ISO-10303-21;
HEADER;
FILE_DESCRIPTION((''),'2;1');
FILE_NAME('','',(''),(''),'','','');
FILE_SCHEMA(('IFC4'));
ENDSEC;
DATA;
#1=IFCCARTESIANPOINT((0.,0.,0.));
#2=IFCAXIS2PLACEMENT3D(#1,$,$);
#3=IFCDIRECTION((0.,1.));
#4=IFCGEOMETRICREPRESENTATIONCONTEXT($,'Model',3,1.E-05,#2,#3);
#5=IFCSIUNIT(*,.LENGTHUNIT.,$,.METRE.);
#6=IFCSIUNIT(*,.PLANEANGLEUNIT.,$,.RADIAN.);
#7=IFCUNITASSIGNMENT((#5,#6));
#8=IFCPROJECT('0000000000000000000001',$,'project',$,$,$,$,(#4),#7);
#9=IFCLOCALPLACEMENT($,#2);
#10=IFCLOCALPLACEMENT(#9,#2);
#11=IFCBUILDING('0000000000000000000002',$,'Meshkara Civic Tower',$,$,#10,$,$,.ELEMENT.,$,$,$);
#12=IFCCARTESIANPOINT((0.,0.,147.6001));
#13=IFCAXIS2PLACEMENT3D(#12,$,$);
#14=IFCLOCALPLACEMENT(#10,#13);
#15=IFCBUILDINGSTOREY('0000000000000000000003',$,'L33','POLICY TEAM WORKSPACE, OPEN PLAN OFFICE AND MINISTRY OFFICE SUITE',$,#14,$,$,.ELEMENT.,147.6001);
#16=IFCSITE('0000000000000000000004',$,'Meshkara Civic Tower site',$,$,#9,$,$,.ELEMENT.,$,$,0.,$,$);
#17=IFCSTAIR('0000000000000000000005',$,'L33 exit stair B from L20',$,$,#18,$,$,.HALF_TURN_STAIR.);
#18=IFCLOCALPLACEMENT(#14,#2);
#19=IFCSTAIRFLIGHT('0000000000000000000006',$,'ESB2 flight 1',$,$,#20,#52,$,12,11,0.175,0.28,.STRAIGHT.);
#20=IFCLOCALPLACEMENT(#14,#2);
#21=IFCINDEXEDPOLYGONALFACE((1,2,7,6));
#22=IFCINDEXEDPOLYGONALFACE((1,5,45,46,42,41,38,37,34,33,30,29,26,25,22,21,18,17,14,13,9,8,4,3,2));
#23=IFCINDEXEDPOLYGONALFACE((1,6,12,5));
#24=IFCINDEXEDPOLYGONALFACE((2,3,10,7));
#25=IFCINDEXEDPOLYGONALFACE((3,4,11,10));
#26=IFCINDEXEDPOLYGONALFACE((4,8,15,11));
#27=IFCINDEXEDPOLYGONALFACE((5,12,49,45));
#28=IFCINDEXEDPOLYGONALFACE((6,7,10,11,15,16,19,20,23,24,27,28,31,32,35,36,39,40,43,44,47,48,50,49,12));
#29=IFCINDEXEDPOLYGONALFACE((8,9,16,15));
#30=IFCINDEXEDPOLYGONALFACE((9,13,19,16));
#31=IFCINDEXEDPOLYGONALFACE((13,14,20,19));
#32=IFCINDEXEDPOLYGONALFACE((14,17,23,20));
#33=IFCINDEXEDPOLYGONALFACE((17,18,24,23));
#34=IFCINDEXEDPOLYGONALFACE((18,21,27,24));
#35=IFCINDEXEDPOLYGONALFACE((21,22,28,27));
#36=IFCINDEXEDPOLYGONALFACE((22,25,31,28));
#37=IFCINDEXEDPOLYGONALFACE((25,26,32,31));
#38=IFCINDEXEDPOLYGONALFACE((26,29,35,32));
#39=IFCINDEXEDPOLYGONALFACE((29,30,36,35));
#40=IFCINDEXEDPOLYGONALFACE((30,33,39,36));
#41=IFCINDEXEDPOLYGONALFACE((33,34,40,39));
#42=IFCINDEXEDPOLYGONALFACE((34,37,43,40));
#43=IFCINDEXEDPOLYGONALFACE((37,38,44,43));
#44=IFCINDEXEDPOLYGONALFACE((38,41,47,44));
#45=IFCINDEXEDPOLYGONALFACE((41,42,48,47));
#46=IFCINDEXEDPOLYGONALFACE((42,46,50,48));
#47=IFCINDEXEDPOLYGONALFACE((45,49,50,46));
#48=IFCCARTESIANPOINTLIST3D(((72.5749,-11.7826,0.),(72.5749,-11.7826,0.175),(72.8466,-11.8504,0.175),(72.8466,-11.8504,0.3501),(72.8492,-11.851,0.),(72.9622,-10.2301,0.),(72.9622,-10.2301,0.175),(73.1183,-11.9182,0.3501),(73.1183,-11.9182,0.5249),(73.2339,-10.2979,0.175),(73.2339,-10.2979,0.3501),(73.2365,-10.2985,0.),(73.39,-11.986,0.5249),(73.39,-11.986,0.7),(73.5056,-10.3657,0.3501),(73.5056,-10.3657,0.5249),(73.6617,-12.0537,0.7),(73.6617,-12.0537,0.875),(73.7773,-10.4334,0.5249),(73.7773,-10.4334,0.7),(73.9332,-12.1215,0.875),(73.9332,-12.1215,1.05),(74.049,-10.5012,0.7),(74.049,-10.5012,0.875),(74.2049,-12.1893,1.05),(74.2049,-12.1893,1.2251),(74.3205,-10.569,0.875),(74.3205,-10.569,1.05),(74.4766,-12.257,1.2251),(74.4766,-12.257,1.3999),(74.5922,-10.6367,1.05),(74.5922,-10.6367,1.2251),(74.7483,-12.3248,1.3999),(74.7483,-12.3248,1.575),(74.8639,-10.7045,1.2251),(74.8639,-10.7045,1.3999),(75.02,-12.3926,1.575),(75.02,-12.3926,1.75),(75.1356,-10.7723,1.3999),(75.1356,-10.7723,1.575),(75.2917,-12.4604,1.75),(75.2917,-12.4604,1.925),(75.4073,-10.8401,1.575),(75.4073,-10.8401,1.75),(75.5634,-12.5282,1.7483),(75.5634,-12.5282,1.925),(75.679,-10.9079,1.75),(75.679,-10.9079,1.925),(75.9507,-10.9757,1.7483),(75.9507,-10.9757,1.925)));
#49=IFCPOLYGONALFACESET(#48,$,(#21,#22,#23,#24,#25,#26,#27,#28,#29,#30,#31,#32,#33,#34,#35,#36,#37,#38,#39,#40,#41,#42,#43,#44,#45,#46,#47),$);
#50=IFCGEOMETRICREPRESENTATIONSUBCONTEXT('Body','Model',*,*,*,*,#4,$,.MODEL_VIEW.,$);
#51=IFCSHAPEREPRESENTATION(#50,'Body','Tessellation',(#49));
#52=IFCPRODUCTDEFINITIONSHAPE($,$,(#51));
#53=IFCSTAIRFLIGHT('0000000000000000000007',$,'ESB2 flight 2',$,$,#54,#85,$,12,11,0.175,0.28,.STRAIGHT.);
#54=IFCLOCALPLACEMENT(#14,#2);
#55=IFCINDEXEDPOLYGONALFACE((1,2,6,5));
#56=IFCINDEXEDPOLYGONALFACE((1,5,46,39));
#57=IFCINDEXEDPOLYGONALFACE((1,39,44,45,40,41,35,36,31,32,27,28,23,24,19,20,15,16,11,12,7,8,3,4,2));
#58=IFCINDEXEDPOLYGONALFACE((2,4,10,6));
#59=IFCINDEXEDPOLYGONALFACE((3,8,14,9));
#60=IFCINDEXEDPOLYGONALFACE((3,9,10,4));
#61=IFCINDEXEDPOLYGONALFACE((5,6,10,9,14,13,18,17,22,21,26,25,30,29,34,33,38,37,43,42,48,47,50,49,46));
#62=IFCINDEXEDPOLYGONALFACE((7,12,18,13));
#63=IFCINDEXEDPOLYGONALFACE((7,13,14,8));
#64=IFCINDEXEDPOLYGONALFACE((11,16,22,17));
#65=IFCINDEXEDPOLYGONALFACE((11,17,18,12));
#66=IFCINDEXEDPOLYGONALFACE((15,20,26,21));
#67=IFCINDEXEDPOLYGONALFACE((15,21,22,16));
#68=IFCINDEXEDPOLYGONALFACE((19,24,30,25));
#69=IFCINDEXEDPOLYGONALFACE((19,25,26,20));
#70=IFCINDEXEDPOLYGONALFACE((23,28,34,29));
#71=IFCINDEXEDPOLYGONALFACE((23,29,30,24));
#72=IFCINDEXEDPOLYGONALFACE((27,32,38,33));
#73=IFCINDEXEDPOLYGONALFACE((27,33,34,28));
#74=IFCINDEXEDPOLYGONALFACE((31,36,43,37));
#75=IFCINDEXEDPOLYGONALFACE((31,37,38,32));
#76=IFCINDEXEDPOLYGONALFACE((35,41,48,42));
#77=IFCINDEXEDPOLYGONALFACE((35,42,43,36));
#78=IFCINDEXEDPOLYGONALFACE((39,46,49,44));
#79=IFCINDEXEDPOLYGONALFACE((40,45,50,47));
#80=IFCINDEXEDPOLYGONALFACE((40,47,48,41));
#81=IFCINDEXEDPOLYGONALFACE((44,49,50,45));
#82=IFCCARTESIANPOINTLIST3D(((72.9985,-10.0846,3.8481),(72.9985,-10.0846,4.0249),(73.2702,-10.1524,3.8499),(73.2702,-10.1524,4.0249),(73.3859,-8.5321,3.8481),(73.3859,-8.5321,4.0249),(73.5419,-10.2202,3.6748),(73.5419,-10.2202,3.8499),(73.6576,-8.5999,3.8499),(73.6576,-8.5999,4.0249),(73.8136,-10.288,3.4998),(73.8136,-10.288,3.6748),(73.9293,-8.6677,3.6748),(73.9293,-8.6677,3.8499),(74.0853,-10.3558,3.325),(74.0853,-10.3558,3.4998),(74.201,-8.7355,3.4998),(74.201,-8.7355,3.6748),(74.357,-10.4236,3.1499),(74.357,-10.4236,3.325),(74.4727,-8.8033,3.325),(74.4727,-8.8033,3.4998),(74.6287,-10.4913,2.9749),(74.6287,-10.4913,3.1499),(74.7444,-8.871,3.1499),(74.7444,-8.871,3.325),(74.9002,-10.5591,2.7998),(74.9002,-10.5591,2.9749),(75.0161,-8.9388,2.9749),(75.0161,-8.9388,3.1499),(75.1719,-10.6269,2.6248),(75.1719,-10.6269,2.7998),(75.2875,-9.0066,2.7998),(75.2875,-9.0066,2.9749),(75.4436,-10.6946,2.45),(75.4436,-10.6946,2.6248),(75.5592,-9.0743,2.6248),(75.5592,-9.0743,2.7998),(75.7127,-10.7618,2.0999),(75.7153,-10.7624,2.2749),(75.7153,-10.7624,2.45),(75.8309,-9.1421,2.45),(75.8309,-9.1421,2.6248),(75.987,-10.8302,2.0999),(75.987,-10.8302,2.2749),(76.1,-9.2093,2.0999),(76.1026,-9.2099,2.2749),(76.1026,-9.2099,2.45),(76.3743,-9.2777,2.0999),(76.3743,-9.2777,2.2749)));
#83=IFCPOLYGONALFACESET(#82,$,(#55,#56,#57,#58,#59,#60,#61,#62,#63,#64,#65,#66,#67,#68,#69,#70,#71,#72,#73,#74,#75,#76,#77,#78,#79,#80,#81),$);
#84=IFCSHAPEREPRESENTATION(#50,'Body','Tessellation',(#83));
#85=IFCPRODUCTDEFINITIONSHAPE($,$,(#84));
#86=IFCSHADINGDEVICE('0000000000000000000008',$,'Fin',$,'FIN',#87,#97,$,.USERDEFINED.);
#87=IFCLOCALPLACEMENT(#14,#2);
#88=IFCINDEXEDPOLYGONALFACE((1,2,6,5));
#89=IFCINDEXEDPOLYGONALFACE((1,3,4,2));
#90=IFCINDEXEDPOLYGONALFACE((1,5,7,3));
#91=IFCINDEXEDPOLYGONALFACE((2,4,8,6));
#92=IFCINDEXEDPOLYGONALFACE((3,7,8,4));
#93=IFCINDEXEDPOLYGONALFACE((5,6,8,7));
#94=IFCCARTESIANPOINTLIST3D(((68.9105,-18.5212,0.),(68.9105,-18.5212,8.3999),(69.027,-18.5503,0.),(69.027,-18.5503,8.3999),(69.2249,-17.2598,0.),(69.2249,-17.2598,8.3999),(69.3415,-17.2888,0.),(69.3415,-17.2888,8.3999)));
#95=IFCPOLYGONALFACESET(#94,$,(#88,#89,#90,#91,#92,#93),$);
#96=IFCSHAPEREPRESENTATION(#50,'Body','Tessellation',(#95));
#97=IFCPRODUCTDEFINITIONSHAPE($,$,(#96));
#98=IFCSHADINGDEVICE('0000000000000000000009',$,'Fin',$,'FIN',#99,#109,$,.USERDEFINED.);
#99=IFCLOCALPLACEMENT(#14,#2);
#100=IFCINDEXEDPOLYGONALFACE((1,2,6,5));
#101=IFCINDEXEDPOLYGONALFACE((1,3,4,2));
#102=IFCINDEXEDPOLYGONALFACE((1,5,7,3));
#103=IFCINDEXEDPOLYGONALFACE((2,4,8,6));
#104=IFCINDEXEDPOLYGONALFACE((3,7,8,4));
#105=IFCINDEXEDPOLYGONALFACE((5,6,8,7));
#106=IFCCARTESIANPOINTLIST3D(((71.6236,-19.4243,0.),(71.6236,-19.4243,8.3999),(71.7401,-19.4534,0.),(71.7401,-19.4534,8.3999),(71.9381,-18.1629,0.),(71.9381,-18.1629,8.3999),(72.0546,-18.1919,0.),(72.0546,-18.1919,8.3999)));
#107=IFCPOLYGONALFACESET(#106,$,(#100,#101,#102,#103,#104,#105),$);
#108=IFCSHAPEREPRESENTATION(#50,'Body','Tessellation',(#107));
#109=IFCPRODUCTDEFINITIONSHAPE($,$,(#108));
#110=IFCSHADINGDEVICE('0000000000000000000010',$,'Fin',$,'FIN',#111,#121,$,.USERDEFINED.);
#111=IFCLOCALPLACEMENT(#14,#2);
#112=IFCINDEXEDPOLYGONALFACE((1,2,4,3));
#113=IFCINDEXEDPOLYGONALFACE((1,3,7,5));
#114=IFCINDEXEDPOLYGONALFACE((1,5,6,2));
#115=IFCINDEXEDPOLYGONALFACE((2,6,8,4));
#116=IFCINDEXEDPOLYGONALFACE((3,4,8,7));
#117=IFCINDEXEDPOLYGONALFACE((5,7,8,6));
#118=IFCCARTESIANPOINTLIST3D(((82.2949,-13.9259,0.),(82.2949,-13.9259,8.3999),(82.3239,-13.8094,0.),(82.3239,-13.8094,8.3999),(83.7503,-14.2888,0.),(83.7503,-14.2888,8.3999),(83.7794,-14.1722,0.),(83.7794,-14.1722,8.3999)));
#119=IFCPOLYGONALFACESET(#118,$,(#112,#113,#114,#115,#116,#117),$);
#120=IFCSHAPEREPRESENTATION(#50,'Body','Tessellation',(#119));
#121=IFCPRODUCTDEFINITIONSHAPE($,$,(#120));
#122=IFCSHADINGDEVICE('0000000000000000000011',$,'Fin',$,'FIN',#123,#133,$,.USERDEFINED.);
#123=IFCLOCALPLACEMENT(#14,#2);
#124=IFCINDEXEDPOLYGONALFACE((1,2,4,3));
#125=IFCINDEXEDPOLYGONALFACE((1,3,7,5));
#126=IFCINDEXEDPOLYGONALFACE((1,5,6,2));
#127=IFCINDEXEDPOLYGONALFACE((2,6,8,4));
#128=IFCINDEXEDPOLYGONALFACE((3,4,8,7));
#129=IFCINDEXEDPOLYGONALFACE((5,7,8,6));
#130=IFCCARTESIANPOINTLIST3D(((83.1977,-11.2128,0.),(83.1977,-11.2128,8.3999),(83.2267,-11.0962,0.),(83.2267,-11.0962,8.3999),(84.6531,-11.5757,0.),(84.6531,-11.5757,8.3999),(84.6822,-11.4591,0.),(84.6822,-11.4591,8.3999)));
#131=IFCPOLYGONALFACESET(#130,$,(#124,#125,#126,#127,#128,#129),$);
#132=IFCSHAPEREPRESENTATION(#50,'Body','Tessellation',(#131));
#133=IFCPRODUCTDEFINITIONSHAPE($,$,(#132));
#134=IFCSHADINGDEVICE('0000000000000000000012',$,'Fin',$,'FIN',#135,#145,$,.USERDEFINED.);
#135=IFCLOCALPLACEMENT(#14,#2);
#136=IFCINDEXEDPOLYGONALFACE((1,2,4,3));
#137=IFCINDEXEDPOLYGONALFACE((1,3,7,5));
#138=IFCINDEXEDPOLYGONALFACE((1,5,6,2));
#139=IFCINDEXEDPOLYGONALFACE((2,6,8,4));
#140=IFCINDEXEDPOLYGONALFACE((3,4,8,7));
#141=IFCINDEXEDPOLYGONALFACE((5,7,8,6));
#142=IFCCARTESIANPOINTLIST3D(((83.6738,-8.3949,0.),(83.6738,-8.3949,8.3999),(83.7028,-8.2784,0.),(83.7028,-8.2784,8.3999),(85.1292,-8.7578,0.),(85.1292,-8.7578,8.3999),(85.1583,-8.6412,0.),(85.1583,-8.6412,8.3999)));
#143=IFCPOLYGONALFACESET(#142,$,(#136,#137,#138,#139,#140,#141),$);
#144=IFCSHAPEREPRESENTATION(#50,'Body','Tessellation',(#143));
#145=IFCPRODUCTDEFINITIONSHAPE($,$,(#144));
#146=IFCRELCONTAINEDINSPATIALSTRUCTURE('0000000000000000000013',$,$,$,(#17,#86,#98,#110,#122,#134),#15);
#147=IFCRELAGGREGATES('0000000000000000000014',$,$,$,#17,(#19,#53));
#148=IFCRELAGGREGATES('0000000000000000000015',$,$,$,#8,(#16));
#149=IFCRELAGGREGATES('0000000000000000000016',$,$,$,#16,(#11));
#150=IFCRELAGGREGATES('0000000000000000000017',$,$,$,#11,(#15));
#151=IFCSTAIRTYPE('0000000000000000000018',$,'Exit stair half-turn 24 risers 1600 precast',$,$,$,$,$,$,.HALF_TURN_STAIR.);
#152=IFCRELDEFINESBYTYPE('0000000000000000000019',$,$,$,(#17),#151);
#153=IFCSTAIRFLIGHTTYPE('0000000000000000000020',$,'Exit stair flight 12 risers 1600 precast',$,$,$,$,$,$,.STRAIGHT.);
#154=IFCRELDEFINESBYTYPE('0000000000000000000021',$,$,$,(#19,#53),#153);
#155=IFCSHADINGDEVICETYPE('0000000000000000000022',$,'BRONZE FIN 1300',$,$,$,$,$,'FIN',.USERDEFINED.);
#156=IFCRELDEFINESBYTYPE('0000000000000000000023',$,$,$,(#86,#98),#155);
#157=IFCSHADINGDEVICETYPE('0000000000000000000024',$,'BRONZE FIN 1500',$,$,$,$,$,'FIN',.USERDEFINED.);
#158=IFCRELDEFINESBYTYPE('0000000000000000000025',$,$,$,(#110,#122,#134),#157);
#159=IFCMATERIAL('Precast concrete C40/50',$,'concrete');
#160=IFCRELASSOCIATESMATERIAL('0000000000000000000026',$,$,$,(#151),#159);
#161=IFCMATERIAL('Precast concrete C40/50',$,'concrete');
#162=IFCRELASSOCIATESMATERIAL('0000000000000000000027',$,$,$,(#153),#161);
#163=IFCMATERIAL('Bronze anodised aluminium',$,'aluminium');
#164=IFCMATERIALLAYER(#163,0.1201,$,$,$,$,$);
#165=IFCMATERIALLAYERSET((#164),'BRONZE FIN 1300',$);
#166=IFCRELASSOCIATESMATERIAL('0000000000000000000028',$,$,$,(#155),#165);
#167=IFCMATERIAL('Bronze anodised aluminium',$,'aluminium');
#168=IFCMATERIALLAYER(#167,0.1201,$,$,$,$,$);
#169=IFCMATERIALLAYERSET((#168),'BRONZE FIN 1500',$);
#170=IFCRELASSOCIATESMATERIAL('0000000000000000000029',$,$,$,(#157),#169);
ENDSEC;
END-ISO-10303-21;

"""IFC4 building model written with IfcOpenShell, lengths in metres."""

from ifc_helpers import new_model, si_unit, direction, frame, origin, origin_2d, place, context, subcontext, project, spatial, polyline, rectangle, outline, extrude, material, layer, layer_set, type_object, element, aggregate, save


model = new_model("IFC4")

# Units and contexts
model_context = context("Model", 3, precision=1e-05, world=origin(), true_north=direction((0.0, 1.0)))
body_context = subcontext(model_context, "Body", "Model", "MODEL_VIEW")
ifc_project = project(units=[si_unit("LENGTHUNIT", "METRE"), si_unit("PLANEANGLEUNIT", "RADIAN")], contexts=[model_context])

# Site, building, storey
site_placement = place(None, origin())
site = spatial("IfcSite", under=ifc_project, at=site_placement, Name="Meshkara Civic Tower site", CompositionType="ELEMENT", RefElevation=0.0)
building_placement = place(site_placement, origin())
building = spatial("IfcBuilding", under=site, at=building_placement, Name="Meshkara Civic Tower", CompositionType="ELEMENT")
storey_placement = place(building_placement, frame((0.0, 0.0, 147.6001)))
storey = spatial("IfcBuildingStorey", under=building, at=storey_placement, Name="L33", Description="POLICY TEAM WORKSPACE, OPEN PLAN OFFICE AND MINISTRY OFFICE SUITE", CompositionType="ELEMENT", Elevation=147.6001)

# Stair, stair flights
ifc_material_1 = material(Name="Precast concrete C40/50", Category="concrete")
stair_type = type_object("IfcStairType", Name="Exit stair half-turn 24 risers 1600 precast", PredefinedType="HALF_TURN_STAIR", material=ifc_material_1)
stair_placement = place(storey_placement, origin())
stair = element("IfcStair", 1, at=stair_placement, inside=storey, type_object=stair_type, Name="L33 exit stair B from L20", PredefinedType="HALF_TURN_STAIR")
ifc_material_2 = material(Name="Precast concrete C40/50", Category="concrete")
stair_flight_type = type_object("IfcStairFlightType", Name="Exit stair flight 12 risers 1600 precast", PredefinedType="STRAIGHT", material=ifc_material_2)
stair_flight_1_placement = place(storey_placement, frame((72.7686, -11.0063, 0.0), z_axis=(0.0, 0.0, 1.0), x_axis=(0.97026, -0.242065, 0.0)))
stair_flight_1 = element("IfcStairFlight", 2, at=stair_flight_1_placement, type_object=stair_flight_type, Name="ESB2 flight 1", NumberOfRisers=12, NumberOfTreads=11, PredefinedType="STRAIGHT", RiserHeight=0.175, TreadLength=0.28, context=body_context, shape_type="SweptSolid", body=[
    extrude(outline(polyline([(0.0, 0.0), (0.0, 0.175), (0.28, 0.175), (0.28, 0.3501), (0.5601, 0.3501), (0.5601, 0.5249), (0.8401, 0.5249), (0.8401, 0.7), (1.1201, 0.7), (1.1201, 0.875), (1.3999, 0.875), (1.3999, 1.05), (1.6799, 1.05), (1.6799, 1.2251), (1.96, 1.2251), (1.96, 1.3999), (2.24, 1.3999), (2.24, 1.575), (2.52, 1.575), (2.52, 1.75), (2.8, 1.75), (2.8, 1.925), (3.0801, 1.925), (3.0801, 2.1001), (3.0801, 1.7483), (0.2827, 0.0), (0.0, 0.0)])), frame((0.0, 0.8, 0.0), z_axis=(0.0, -1.0, 0.0), x_axis=(1.0, 0.0, 0.0)), (0.0, 0.0, 1.0), 1.6001),
])
stair_flight_2_placement = place(storey_placement, frame((76.1807, -10.054, 2.0999), z_axis=(0.0, 0.0, 1.0), x_axis=(-0.97026, 0.242065, 0.0)))
stair_flight_2 = element("IfcStairFlight", 3, at=stair_flight_2_placement, type_object=stair_flight_type, Name="ESB2 flight 2", NumberOfRisers=12, NumberOfTreads=11, PredefinedType="STRAIGHT", RiserHeight=0.175, TreadLength=0.28, context=body_context, shape_type="SweptSolid", body=[
    extrude(outline(polyline([(0.0, 0.0), (0.0, 0.175), (0.28, 0.175), (0.28, 0.3501), (0.5601, 0.3501), (0.5601, 0.5249), (0.8401, 0.5249), (0.8401, 0.7), (1.1201, 0.7), (1.1201, 0.875), (1.3999, 0.875), (1.3999, 1.05), (1.6799, 1.05), (1.6799, 1.2251), (1.96, 1.2251), (1.96, 1.3999), (2.24, 1.3999), (2.24, 1.575), (2.52, 1.575), (2.52, 1.75), (2.8, 1.75), (2.8, 1.925), (3.0801, 1.925), (3.0801, 2.1001), (3.0801, 1.7483), (0.2827, 0.0), (0.0, 0.0)])), frame((0.0, 0.8, 0.0), z_axis=(0.0, -1.0, 0.0), x_axis=(1.0, 0.0, 0.0)), (0.0, 0.0, 1.0), 1.6001),
])
aggregate(stair, [stair_flight_1, stair_flight_2])

# Shading devices
ifc_material_3 = material(Name="Bronze anodised aluminium", Category="aluminium")
ifc_layer_1 = layer(ifc_material_3, 0.1201)
ifc_layer_set_1 = layer_set([ifc_layer_1], Name="BRONZE FIN 1300")
shading_device_type_1 = type_object("IfcShadingDeviceType", Name="BRONZE FIN 1300", ElementType="FIN", PredefinedType="USERDEFINED", material=ifc_layer_set_1)
for number, where, z_axis, x_axis, name in (
    (4, (69.126, -17.905, 0.0), (0.0, 0.0, 1.0), (0.9703, -0.241905, 0.0), "Fin"),
    (5, (71.8391, -18.8081, 0.0), (0.0, 0.0, 1.0), (0.9703, -0.241905, 0.0), "Fin"),
):
    element("IfcShadingDevice", number, at=place(storey_placement, frame(where, z_axis=z_axis, x_axis=x_axis)), inside=storey, type_object=shading_device_type_1, Name=name, ObjectType="FIN", PredefinedType="USERDEFINED", context=body_context, shape_type="SweptSolid", body=[
        extrude(rectangle(XDim=0.1201, YDim=1.3, at=origin_2d()), origin(), (0.0, 0.0, 1.0), 8.3999),
    ])
ifc_material_4 = material(Name="Bronze anodised aluminium", Category="aluminium")
ifc_layer_2 = layer(ifc_material_4, 0.1201)
ifc_layer_set_2 = layer_set([ifc_layer_2], Name="BRONZE FIN 1500")
shading_device_type_2 = type_object("IfcShadingDeviceType", Name="BRONZE FIN 1500", ElementType="FIN", PredefinedType="USERDEFINED", material=ifc_layer_set_2)
for number, where, z_axis, x_axis, name in (
    (6, (83.0371, -14.0491, 0.0), (0.0, 0.0, 1.0), (0.241922, 0.970296, 0.0), "Fin"),
    (7, (83.9399, -11.3359, 0.0), (0.0, 0.0, 1.0), (0.241922, 0.970296, 0.0), "Fin"),
    (8, (84.416, -8.5181, 0.0), (0.0, 0.0, 1.0), (0.241922, 0.970296, 0.0), "Fin"),
):
    element("IfcShadingDevice", number, at=place(storey_placement, frame(where, z_axis=z_axis, x_axis=x_axis)), inside=storey, type_object=shading_device_type_2, Name=name, ObjectType="FIN", PredefinedType="USERDEFINED", context=body_context, shape_type="SweptSolid", body=[
        extrude(rectangle(XDim=0.1201, YDim=1.5, at=origin_2d()), origin(), (0.0, 0.0, 1.0), 8.3999),
    ])

save(model, "model.ifc")
